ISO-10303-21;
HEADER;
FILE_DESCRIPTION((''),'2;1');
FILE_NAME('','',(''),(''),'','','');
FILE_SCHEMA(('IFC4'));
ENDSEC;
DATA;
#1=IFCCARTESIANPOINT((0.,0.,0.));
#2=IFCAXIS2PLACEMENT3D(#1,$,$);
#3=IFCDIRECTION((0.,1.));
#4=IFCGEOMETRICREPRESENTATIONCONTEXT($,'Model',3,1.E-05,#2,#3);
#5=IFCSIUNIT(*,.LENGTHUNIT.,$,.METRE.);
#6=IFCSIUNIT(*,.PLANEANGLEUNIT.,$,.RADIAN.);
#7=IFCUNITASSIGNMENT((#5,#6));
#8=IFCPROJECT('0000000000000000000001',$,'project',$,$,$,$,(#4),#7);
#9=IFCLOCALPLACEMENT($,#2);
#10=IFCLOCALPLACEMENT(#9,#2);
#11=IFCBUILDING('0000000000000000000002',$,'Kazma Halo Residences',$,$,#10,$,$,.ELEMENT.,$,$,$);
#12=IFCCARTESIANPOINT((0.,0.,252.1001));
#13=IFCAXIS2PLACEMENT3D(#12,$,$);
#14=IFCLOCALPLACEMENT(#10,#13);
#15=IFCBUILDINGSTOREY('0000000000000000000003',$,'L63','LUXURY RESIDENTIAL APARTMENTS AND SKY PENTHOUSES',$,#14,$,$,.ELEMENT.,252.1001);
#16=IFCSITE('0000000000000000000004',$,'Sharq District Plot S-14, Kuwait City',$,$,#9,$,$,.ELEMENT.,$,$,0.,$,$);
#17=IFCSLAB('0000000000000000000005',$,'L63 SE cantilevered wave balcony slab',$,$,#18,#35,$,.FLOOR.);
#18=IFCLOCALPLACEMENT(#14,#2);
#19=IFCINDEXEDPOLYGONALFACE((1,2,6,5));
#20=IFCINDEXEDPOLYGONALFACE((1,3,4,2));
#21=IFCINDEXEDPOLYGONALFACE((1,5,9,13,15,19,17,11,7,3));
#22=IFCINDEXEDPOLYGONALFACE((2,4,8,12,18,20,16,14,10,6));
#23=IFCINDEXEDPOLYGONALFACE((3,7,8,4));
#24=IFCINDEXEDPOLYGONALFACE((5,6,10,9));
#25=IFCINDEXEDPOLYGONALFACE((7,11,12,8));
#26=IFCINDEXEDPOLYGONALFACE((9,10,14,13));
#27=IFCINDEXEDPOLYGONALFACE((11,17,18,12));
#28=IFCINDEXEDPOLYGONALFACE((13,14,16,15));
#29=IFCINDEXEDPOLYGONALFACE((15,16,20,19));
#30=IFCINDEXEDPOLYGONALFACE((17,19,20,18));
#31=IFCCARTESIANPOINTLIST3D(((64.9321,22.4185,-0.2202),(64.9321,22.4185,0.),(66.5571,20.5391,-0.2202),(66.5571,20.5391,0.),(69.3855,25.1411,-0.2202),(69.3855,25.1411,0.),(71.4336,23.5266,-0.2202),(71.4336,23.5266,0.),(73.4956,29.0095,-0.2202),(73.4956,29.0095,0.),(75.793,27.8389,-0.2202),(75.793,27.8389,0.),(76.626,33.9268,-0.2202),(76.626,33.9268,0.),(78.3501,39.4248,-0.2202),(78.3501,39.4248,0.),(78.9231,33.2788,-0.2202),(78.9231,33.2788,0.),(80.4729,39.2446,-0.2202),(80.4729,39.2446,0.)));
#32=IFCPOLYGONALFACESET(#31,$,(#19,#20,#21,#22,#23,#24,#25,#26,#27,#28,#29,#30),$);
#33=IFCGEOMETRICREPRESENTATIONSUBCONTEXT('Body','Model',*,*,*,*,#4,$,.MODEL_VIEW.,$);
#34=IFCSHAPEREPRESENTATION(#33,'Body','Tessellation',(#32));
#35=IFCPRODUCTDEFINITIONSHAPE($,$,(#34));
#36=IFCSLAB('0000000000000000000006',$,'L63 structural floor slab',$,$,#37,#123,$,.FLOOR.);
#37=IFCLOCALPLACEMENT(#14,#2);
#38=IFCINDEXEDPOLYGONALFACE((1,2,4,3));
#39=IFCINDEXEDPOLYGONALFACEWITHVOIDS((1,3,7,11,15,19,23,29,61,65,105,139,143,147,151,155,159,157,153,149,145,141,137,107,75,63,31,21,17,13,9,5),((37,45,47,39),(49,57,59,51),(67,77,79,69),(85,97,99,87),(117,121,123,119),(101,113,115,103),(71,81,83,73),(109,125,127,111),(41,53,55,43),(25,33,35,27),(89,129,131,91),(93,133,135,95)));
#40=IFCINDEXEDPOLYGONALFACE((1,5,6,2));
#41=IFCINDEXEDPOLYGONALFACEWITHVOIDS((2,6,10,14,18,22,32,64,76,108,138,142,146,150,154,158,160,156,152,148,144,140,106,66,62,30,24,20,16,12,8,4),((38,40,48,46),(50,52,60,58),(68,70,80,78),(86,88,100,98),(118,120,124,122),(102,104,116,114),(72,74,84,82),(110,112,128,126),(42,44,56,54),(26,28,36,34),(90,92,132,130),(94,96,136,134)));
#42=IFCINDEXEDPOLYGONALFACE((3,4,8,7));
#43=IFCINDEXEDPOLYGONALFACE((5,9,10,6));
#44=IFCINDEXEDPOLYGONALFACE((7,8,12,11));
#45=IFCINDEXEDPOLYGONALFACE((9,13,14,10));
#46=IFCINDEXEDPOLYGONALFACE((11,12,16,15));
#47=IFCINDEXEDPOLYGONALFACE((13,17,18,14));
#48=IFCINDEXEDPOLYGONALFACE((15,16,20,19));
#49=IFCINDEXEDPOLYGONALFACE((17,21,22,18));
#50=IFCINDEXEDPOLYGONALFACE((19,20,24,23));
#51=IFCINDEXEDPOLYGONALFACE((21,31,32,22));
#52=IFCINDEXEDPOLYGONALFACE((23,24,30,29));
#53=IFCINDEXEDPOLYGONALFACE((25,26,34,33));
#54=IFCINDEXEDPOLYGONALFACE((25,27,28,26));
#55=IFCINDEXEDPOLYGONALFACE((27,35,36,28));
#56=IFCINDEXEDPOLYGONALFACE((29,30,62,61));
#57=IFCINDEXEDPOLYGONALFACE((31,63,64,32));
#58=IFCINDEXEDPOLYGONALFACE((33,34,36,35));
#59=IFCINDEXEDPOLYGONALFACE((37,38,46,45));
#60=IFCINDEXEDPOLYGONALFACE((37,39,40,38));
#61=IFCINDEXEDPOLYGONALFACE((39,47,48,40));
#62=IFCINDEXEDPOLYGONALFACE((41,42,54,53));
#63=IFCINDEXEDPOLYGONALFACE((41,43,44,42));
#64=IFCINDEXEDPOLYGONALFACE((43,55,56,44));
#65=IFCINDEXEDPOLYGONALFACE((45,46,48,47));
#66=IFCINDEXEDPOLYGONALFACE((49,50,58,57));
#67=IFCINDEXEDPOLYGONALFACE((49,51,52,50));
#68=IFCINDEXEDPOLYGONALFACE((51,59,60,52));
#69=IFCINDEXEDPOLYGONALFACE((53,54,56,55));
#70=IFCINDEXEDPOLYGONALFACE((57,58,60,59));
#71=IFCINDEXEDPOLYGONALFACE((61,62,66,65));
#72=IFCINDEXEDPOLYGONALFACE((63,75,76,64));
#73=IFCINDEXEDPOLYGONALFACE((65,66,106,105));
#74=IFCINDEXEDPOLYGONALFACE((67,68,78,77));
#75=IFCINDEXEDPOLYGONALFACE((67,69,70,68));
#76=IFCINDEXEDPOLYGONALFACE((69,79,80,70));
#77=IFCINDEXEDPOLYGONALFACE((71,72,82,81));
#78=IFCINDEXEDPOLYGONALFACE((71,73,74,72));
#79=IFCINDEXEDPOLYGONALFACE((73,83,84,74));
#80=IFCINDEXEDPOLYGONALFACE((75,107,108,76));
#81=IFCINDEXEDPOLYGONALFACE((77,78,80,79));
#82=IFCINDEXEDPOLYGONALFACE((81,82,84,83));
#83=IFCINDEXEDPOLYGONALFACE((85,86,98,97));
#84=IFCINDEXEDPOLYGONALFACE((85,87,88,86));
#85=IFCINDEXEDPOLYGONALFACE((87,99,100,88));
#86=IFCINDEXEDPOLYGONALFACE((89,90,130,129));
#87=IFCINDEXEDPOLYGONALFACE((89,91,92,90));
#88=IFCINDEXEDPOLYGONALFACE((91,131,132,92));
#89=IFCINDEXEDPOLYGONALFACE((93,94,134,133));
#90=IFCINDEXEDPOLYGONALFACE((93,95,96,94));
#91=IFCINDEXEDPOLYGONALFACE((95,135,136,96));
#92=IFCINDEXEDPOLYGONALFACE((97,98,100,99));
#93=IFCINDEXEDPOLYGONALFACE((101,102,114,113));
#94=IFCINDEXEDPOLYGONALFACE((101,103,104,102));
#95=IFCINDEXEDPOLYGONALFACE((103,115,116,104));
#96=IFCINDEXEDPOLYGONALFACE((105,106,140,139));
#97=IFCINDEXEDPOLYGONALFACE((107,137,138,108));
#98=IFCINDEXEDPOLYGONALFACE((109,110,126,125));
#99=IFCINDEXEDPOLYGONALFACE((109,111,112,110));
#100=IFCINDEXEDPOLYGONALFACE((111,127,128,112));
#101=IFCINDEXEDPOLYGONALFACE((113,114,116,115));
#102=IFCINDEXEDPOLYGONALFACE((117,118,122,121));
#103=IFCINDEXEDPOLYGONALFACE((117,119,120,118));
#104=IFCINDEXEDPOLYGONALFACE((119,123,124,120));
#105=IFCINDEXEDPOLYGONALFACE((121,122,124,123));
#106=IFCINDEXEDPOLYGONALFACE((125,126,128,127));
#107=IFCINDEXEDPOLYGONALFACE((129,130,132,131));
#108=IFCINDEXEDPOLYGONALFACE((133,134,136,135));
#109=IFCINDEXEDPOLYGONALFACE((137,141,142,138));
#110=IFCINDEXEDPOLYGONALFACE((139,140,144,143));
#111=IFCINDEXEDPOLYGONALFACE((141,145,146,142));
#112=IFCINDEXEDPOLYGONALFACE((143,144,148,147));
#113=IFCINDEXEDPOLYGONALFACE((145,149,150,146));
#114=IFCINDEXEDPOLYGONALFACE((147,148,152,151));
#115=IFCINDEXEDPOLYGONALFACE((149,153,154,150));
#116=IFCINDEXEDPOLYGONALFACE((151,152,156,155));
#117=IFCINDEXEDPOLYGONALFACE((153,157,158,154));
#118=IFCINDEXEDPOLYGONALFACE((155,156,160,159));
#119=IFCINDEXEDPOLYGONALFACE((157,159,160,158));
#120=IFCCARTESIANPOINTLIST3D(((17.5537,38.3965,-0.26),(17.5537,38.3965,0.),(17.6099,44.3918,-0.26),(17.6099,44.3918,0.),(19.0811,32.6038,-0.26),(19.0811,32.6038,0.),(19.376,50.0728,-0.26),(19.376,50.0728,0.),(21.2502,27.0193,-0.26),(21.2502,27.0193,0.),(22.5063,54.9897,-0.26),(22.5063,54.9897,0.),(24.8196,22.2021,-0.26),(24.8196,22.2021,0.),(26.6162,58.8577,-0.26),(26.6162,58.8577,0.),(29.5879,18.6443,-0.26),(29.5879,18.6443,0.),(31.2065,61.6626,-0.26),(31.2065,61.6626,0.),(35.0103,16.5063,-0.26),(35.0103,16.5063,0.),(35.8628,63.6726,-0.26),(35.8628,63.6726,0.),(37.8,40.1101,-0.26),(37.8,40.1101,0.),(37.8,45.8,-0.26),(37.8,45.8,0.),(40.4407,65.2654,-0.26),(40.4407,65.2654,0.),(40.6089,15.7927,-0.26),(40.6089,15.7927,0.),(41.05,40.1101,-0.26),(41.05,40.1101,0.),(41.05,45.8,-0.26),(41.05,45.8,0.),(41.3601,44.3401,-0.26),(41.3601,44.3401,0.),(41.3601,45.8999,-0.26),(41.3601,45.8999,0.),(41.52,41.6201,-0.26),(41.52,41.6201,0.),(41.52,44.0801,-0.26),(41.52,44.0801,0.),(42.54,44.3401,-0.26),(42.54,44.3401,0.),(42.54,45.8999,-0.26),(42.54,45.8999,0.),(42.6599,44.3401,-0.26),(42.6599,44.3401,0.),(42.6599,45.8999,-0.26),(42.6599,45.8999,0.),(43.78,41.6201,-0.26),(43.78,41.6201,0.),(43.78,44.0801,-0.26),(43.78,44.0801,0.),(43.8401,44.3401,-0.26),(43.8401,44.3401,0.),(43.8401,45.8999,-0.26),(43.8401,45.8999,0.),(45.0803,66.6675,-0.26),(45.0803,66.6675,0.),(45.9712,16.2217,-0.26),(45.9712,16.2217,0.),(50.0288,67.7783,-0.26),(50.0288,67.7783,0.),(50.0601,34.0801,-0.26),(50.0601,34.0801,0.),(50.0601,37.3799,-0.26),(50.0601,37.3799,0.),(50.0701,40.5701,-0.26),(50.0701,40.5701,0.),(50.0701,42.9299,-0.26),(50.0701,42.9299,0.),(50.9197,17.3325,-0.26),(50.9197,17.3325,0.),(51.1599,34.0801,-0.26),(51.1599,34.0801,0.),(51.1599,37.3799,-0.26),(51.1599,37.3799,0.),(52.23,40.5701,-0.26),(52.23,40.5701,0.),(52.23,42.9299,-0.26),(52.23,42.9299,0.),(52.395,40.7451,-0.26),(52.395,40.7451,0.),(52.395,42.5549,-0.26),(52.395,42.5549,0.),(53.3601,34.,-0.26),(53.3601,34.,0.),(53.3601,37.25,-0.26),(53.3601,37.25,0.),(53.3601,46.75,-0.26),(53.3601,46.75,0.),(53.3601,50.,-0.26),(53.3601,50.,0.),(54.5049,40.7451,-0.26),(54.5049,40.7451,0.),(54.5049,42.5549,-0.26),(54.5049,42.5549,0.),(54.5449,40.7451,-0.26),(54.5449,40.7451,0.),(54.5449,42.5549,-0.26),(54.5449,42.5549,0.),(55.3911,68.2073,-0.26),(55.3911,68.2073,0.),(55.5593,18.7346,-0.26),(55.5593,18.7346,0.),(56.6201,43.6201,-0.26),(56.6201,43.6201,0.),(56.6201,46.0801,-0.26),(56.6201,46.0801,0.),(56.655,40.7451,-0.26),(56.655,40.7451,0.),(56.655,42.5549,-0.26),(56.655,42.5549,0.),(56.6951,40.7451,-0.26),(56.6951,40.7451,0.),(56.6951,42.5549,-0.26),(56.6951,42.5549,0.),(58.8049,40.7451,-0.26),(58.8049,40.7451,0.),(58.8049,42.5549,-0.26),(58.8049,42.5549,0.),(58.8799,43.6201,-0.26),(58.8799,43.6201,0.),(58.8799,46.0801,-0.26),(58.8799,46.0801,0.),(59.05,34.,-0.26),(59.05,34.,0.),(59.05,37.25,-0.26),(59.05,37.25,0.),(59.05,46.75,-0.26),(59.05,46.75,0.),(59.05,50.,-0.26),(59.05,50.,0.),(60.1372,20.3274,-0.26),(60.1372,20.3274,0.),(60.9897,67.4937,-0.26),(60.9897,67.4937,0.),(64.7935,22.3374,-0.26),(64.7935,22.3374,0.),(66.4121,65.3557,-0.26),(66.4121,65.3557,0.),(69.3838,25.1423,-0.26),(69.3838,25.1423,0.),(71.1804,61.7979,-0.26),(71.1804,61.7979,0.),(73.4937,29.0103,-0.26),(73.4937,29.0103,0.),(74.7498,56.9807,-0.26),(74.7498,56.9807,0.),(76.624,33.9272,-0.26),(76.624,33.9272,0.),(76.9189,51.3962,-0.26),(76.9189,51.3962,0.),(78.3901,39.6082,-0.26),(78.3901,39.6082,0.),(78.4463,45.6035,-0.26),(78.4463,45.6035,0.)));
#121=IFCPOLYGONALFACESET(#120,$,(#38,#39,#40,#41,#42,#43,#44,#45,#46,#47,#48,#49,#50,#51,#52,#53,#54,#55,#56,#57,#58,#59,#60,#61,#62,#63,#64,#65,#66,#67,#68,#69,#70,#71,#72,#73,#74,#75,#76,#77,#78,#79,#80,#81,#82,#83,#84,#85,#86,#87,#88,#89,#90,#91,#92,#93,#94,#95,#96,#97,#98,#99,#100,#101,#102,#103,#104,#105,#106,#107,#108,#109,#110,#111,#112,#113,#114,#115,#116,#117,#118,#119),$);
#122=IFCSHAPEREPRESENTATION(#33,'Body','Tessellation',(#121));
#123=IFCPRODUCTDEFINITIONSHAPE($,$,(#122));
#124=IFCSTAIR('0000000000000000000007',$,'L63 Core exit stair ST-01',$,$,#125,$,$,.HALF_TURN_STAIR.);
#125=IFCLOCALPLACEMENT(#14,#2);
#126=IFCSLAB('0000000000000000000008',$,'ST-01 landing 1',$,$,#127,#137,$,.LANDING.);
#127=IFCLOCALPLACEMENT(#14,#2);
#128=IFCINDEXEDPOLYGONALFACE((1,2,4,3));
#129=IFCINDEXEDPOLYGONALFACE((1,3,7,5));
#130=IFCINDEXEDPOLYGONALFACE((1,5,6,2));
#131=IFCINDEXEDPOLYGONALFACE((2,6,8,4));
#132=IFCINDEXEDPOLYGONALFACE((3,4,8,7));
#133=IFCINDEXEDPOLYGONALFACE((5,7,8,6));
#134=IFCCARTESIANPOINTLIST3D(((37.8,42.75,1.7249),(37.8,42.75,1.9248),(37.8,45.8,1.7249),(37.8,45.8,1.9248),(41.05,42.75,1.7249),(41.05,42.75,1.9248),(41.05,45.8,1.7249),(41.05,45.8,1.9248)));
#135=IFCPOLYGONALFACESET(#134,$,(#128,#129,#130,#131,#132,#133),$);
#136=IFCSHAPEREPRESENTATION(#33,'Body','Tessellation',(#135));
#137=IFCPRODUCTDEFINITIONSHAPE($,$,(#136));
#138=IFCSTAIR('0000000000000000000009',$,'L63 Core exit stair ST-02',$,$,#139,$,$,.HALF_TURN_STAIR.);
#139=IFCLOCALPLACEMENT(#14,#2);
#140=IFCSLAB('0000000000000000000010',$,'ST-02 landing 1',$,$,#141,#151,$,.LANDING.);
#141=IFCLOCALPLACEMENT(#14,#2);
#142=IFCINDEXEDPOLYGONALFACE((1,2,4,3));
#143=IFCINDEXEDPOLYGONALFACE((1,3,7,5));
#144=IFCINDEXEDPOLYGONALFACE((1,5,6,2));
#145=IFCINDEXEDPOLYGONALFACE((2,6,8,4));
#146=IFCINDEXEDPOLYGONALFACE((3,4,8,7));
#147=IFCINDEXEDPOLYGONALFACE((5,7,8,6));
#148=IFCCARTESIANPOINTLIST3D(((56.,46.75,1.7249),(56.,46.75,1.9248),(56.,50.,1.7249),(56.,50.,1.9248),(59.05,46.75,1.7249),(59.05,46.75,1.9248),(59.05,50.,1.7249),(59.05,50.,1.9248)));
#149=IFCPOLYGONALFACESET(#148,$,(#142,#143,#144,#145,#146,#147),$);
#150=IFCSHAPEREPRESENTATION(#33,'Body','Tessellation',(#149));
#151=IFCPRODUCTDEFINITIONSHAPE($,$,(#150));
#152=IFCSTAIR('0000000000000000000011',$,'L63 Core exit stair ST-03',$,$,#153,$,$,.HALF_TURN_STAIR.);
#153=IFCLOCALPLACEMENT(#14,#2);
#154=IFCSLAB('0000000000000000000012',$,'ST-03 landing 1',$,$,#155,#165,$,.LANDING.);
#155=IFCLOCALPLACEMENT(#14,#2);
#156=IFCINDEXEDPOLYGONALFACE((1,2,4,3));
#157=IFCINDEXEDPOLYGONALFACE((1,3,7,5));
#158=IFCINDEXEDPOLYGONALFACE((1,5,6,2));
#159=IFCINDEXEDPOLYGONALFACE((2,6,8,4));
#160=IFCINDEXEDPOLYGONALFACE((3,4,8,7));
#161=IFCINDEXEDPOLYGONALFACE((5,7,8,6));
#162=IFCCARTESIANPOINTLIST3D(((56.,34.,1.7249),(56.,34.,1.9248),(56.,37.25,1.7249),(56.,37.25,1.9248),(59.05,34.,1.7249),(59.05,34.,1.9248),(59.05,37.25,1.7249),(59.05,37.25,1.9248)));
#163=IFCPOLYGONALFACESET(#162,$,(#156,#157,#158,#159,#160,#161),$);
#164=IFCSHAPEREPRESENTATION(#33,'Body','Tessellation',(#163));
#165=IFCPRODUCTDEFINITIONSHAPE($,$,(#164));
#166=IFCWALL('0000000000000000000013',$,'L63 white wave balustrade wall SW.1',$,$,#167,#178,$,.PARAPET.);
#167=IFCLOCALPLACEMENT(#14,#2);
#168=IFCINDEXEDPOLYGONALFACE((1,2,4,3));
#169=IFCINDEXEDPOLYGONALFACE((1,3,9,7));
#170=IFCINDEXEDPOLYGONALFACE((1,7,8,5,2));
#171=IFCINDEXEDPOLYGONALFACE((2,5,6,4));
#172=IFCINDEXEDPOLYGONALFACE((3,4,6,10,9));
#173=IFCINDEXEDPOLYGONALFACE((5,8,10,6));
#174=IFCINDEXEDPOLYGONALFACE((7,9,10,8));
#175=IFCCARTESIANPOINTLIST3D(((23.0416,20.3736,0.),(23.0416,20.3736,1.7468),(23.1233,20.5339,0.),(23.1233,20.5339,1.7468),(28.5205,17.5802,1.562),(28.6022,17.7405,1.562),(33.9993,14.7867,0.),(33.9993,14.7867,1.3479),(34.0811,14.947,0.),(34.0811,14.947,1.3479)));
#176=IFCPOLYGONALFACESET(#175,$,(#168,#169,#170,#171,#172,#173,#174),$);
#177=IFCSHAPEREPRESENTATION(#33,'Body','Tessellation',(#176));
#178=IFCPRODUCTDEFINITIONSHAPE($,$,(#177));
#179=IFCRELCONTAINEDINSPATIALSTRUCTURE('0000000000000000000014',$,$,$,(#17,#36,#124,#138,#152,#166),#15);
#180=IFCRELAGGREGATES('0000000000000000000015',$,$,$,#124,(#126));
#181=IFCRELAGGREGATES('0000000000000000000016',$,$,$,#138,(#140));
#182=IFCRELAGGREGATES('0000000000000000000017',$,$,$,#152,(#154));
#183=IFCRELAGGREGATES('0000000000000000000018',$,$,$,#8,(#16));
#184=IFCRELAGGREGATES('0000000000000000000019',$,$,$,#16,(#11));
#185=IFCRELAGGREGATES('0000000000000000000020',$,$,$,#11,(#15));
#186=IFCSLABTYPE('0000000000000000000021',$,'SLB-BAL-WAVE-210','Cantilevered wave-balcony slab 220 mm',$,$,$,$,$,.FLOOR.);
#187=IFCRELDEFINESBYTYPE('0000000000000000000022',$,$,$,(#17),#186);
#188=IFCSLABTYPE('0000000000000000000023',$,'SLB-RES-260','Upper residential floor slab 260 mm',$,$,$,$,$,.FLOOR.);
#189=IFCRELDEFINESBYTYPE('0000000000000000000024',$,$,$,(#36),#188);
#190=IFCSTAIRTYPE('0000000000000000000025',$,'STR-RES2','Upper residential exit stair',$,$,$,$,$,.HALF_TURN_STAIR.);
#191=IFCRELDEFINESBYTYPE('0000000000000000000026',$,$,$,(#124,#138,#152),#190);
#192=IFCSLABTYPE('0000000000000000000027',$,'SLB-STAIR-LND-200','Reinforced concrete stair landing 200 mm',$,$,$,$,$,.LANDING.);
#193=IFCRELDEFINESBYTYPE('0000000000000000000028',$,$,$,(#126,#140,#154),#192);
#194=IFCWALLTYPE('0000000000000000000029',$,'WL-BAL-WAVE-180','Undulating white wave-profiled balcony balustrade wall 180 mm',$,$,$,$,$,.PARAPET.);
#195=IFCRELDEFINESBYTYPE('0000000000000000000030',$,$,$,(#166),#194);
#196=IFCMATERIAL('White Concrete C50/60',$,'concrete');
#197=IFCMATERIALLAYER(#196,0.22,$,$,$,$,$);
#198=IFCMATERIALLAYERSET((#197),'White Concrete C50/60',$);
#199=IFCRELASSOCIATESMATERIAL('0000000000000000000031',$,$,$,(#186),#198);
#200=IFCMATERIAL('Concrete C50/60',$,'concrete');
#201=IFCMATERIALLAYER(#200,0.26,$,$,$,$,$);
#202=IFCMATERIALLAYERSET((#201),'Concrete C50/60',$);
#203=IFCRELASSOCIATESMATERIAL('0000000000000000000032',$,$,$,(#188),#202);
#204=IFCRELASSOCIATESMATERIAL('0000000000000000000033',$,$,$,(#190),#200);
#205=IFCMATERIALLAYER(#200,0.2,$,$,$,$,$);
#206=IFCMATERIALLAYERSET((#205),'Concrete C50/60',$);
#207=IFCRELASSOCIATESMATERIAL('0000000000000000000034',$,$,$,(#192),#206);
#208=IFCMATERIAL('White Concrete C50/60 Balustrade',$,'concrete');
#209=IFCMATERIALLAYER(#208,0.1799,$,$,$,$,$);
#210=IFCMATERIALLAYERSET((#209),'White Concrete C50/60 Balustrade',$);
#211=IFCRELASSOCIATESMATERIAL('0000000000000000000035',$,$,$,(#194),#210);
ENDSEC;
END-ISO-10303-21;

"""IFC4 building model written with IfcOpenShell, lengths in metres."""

from ifc_helpers import new_model, si_unit, direction, frame, origin, place, context, subcontext, project, spatial, polyline, outline, extrude, material, layer, layer_set, type_object, element, aggregate, save


model = new_model("IFC4")

# Units and contexts
model_context = context("Model", 3, precision=1e-05, world=origin(), true_north=direction((0.0, 1.0)))
body_context = subcontext(model_context, "Body", "Model", "MODEL_VIEW")
ifc_project = project(units=[si_unit("LENGTHUNIT", "METRE"), si_unit("PLANEANGLEUNIT", "RADIAN")], contexts=[model_context])

# Site, building, storey
site_placement = place(None, origin())
site = spatial("IfcSite", under=ifc_project, at=site_placement, Name="Sharq District Plot S-14, Kuwait City", CompositionType="ELEMENT", RefElevation=0.0)
building_placement = place(site_placement, origin())
building = spatial("IfcBuilding", under=site, at=building_placement, Name="Kazma Halo Residences", CompositionType="ELEMENT")
storey_placement = place(building_placement, frame((0.0, 0.0, 252.1001)))
storey = spatial("IfcBuildingStorey", under=building, at=storey_placement, Name="L63", Description="LUXURY RESIDENTIAL APARTMENTS AND SKY PENTHOUSES", CompositionType="ELEMENT", Elevation=252.1001)

# Slabs
ifc_material_1 = material(Name="White Concrete C50/60", Category="concrete")
ifc_layer_1 = layer(ifc_material_1, 0.22)
ifc_layer_set_1 = layer_set([ifc_layer_1], Name="White Concrete C50/60")
slab_type_1 = type_object("IfcSlabType", Name="SLB-BAL-WAVE-210", Description="Cantilevered wave-balcony slab 220 mm", PredefinedType="FLOOR", material=ifc_layer_set_1)
slab_1_placement = place(storey_placement, frame((0.0, 0.0, -0.2202)))
element("IfcSlab", 1, at=slab_1_placement, inside=storey, type_object=slab_type_1, Name="L63 SE cantilevered wave balcony slab", PredefinedType="FLOOR", context=body_context, shape_type="SweptSolid", body=[
    extrude(outline(polyline([(64.9321, 22.4185), (69.3855, 25.1411), (73.4956, 29.0095), (76.626, 33.9268), (78.3501, 39.4248), (80.4729, 39.2446), (78.9231, 33.2788), (75.793, 27.8389), (71.4336, 23.5266), (66.5571, 20.5391), (64.9321, 22.4185)])), origin(), (0.0, 0.0, 1.0), 0.2202),
])
ifc_material_2 = material(Name="Concrete C50/60", Category="concrete")
ifc_layer_2 = layer(ifc_material_2, 0.26)
ifc_layer_set_2 = layer_set([ifc_layer_2], Name="Concrete C50/60")
slab_type_2 = type_object("IfcSlabType", Name="SLB-RES-260", Description="Upper residential floor slab 260 mm", PredefinedType="FLOOR", material=ifc_layer_set_2)
slab_2_placement = place(storey_placement, frame((0.0, 0.0, -0.26)))
element("IfcSlab", 2, at=slab_2_placement, inside=storey, type_object=slab_type_2, Name="L63 structural floor slab", PredefinedType="FLOOR", context=body_context, shape_type="SweptSolid", body=[
    extrude(outline(polyline([(76.9189, 51.3962), (74.7498, 56.9807), (71.1804, 61.7979), (66.4121, 65.3557), (60.9897, 67.4937), (55.3911, 68.2073), (50.0288, 67.7783), (45.0803, 66.6675), (40.4407, 65.2654), (35.8628, 63.6726), (31.2065, 61.6626), (26.6162, 58.8577), (22.5063, 54.9897), (19.376, 50.0728), (17.6099, 44.3918), (17.5537, 38.3965), (19.0811, 32.6038), (21.2502, 27.0193), (24.8196, 22.2021), (29.5879, 18.6443), (35.0103, 16.5063), (40.6089, 15.7927), (45.9712, 16.2217), (50.9197, 17.3325), (55.5593, 18.7346), (60.1372, 20.3274), (64.7935, 22.3374), (69.3838, 25.1423), (73.4937, 29.0103), (76.624, 33.9272), (78.3901, 39.6082), (78.4463, 45.6035), (76.9189, 51.3962)]), holes=[polyline([(37.8, 40.1101), (41.05, 40.1101), (41.05, 45.8), (37.8, 45.8), (37.8, 40.1101)]), polyline([(53.3601, 46.75), (59.05, 46.75), (59.05, 50.0), (53.3601, 50.0), (53.3601, 46.75)]), polyline([(53.3601, 34.0), (59.05, 34.0), (59.05, 37.25), (53.3601, 37.25), (53.3601, 34.0)]), polyline([(41.52, 41.6201), (43.78, 41.6201), (43.78, 44.0801), (41.52, 44.0801), (41.52, 41.6201)]), polyline([(56.6201, 43.6201), (58.8799, 43.6201), (58.8799, 46.0801), (56.6201, 46.0801), (56.6201, 43.6201)]), polyline([(52.395, 40.7451), (54.5049, 40.7451), (54.5049, 42.5549), (52.395, 42.5549), (52.395, 40.7451)]), polyline([(54.5449, 40.7451), (56.655, 40.7451), (56.655, 42.5549), (54.5449, 42.5549), (54.5449, 40.7451)]), polyline([(56.6951, 40.7451), (58.8049, 40.7451), (58.8049, 42.5549), (56.6951, 42.5549), (56.6951, 40.7451)]), polyline([(50.0701, 40.5701), (52.23, 40.5701), (52.23, 42.9299), (50.0701, 42.9299), (50.0701, 40.5701)]), polyline([(41.3601, 44.3401), (42.54, 44.3401), (42.54, 45.8999), (41.3601, 45.8999), (41.3601, 44.3401)]), polyline([(42.6599, 44.3401), (43.8401, 44.3401), (43.8401, 45.8999), (42.6599, 45.8999), (42.6599, 44.3401)]), polyline([(50.0601, 34.0801), (51.1599, 34.0801), (51.1599, 37.3799), (50.0601, 37.3799), (50.0601, 34.0801)])]), origin(), (0.0, 0.0, 1.0), 0.26),
])

# Stairs, slabs
stair_type = type_object("IfcStairType", Name="STR-RES2", Description="Upper residential exit stair", PredefinedType="HALF_TURN_STAIR", material=ifc_material_2)
stair_1_placement = place(storey_placement, origin())
stair_1 = element("IfcStair", 3, at=stair_1_placement, inside=storey, type_object=stair_type, Name="L63 Core exit stair ST-01", PredefinedType="HALF_TURN_STAIR")
ifc_layer_3 = layer(ifc_material_2, 0.2)
ifc_layer_set_3 = layer_set([ifc_layer_3], Name="Concrete C50/60")
slab_type_3 = type_object("IfcSlabType", Name="SLB-STAIR-LND-200", Description="Reinforced concrete stair landing 200 mm", PredefinedType="LANDING", material=ifc_layer_set_3)
slab_3_placement = place(storey_placement, frame((0.0, 0.0, 1.7249)))
slab_3 = element("IfcSlab", 4, at=slab_3_placement, type_object=slab_type_3, Name="ST-01 landing 1", PredefinedType="LANDING", context=body_context, shape_type="SweptSolid", body=[
    extrude(outline(polyline([(41.05, 42.75), (41.05, 45.8), (37.8, 45.8), (37.8, 42.75), (41.05, 42.75)])), origin(), (0.0, 0.0, 1.0), 0.2),
])
aggregate(stair_1, [slab_3])
stair_2_placement = place(storey_placement, origin())
stair_2 = element("IfcStair", 5, at=stair_2_placement, inside=storey, type_object=stair_type, Name="L63 Core exit stair ST-02", PredefinedType="HALF_TURN_STAIR")
slab_4_placement = place(storey_placement, frame((0.0, 0.0, 1.7249)))
slab_4 = element("IfcSlab", 6, at=slab_4_placement, type_object=slab_type_3, Name="ST-02 landing 1", PredefinedType="LANDING", context=body_context, shape_type="SweptSolid", body=[
    extrude(outline(polyline([(56.0, 46.75), (59.05, 46.75), (59.05, 50.0), (56.0, 50.0), (56.0, 46.75)])), origin(), (0.0, 0.0, 1.0), 0.2),
])
aggregate(stair_2, [slab_4])
stair_3_placement = place(storey_placement, origin())
stair_3 = element("IfcStair", 7, at=stair_3_placement, inside=storey, type_object=stair_type, Name="L63 Core exit stair ST-03", PredefinedType="HALF_TURN_STAIR")
slab_5_placement = place(storey_placement, frame((0.0, 0.0, 1.7249)))
slab_5 = element("IfcSlab", 8, at=slab_5_placement, type_object=slab_type_3, Name="ST-03 landing 1", PredefinedType="LANDING", context=body_context, shape_type="SweptSolid", body=[
    extrude(outline(polyline([(56.0, 34.0), (59.05, 34.0), (59.05, 37.25), (56.0, 37.25), (56.0, 34.0)])), origin(), (0.0, 0.0, 1.0), 0.2),
])
aggregate(stair_3, [slab_5])

# Wall
ifc_material_3 = material(Name="White Concrete C50/60 Balustrade", Category="concrete")
ifc_layer_4 = layer(ifc_material_3, 0.1799)
ifc_layer_set_4 = layer_set([ifc_layer_4], Name="White Concrete C50/60 Balustrade")
wall_type_1 = type_object("IfcWallType", Name="WL-BAL-WAVE-180", Description="Undulating white wave-profiled balcony balustrade wall 180 mm", PredefinedType="PARAPET", material=ifc_layer_set_4)
wall_1_placement = place(storey_placement, frame((23.0825, 20.4539, 0.0), z_axis=(0.0, 0.0, 1.0), x_axis=(0.890886, -0.454226, 0.0)))
element("IfcWall", 9, at=wall_1_placement, inside=storey, type_object=wall_type_1, Name="L63 white wave balustrade wall SW.1", PredefinedType="PARAPET", context=body_context, shape_type="SweptSolid", body=[
    extrude(outline(polyline([(0.0, 0.0), (12.2998, 0.0), (12.2998, 1.3479), (6.1499, 1.562), (0.0, 1.7468), (0.0, 0.0)])), frame((0.0, 0.0898, 0.0), z_axis=(0.0, -1.0, 0.0), x_axis=(1.0, 0.0, 0.0)), (0.0, 0.0, 1.0), 0.1799),
])

save(model, "model.ifc")
